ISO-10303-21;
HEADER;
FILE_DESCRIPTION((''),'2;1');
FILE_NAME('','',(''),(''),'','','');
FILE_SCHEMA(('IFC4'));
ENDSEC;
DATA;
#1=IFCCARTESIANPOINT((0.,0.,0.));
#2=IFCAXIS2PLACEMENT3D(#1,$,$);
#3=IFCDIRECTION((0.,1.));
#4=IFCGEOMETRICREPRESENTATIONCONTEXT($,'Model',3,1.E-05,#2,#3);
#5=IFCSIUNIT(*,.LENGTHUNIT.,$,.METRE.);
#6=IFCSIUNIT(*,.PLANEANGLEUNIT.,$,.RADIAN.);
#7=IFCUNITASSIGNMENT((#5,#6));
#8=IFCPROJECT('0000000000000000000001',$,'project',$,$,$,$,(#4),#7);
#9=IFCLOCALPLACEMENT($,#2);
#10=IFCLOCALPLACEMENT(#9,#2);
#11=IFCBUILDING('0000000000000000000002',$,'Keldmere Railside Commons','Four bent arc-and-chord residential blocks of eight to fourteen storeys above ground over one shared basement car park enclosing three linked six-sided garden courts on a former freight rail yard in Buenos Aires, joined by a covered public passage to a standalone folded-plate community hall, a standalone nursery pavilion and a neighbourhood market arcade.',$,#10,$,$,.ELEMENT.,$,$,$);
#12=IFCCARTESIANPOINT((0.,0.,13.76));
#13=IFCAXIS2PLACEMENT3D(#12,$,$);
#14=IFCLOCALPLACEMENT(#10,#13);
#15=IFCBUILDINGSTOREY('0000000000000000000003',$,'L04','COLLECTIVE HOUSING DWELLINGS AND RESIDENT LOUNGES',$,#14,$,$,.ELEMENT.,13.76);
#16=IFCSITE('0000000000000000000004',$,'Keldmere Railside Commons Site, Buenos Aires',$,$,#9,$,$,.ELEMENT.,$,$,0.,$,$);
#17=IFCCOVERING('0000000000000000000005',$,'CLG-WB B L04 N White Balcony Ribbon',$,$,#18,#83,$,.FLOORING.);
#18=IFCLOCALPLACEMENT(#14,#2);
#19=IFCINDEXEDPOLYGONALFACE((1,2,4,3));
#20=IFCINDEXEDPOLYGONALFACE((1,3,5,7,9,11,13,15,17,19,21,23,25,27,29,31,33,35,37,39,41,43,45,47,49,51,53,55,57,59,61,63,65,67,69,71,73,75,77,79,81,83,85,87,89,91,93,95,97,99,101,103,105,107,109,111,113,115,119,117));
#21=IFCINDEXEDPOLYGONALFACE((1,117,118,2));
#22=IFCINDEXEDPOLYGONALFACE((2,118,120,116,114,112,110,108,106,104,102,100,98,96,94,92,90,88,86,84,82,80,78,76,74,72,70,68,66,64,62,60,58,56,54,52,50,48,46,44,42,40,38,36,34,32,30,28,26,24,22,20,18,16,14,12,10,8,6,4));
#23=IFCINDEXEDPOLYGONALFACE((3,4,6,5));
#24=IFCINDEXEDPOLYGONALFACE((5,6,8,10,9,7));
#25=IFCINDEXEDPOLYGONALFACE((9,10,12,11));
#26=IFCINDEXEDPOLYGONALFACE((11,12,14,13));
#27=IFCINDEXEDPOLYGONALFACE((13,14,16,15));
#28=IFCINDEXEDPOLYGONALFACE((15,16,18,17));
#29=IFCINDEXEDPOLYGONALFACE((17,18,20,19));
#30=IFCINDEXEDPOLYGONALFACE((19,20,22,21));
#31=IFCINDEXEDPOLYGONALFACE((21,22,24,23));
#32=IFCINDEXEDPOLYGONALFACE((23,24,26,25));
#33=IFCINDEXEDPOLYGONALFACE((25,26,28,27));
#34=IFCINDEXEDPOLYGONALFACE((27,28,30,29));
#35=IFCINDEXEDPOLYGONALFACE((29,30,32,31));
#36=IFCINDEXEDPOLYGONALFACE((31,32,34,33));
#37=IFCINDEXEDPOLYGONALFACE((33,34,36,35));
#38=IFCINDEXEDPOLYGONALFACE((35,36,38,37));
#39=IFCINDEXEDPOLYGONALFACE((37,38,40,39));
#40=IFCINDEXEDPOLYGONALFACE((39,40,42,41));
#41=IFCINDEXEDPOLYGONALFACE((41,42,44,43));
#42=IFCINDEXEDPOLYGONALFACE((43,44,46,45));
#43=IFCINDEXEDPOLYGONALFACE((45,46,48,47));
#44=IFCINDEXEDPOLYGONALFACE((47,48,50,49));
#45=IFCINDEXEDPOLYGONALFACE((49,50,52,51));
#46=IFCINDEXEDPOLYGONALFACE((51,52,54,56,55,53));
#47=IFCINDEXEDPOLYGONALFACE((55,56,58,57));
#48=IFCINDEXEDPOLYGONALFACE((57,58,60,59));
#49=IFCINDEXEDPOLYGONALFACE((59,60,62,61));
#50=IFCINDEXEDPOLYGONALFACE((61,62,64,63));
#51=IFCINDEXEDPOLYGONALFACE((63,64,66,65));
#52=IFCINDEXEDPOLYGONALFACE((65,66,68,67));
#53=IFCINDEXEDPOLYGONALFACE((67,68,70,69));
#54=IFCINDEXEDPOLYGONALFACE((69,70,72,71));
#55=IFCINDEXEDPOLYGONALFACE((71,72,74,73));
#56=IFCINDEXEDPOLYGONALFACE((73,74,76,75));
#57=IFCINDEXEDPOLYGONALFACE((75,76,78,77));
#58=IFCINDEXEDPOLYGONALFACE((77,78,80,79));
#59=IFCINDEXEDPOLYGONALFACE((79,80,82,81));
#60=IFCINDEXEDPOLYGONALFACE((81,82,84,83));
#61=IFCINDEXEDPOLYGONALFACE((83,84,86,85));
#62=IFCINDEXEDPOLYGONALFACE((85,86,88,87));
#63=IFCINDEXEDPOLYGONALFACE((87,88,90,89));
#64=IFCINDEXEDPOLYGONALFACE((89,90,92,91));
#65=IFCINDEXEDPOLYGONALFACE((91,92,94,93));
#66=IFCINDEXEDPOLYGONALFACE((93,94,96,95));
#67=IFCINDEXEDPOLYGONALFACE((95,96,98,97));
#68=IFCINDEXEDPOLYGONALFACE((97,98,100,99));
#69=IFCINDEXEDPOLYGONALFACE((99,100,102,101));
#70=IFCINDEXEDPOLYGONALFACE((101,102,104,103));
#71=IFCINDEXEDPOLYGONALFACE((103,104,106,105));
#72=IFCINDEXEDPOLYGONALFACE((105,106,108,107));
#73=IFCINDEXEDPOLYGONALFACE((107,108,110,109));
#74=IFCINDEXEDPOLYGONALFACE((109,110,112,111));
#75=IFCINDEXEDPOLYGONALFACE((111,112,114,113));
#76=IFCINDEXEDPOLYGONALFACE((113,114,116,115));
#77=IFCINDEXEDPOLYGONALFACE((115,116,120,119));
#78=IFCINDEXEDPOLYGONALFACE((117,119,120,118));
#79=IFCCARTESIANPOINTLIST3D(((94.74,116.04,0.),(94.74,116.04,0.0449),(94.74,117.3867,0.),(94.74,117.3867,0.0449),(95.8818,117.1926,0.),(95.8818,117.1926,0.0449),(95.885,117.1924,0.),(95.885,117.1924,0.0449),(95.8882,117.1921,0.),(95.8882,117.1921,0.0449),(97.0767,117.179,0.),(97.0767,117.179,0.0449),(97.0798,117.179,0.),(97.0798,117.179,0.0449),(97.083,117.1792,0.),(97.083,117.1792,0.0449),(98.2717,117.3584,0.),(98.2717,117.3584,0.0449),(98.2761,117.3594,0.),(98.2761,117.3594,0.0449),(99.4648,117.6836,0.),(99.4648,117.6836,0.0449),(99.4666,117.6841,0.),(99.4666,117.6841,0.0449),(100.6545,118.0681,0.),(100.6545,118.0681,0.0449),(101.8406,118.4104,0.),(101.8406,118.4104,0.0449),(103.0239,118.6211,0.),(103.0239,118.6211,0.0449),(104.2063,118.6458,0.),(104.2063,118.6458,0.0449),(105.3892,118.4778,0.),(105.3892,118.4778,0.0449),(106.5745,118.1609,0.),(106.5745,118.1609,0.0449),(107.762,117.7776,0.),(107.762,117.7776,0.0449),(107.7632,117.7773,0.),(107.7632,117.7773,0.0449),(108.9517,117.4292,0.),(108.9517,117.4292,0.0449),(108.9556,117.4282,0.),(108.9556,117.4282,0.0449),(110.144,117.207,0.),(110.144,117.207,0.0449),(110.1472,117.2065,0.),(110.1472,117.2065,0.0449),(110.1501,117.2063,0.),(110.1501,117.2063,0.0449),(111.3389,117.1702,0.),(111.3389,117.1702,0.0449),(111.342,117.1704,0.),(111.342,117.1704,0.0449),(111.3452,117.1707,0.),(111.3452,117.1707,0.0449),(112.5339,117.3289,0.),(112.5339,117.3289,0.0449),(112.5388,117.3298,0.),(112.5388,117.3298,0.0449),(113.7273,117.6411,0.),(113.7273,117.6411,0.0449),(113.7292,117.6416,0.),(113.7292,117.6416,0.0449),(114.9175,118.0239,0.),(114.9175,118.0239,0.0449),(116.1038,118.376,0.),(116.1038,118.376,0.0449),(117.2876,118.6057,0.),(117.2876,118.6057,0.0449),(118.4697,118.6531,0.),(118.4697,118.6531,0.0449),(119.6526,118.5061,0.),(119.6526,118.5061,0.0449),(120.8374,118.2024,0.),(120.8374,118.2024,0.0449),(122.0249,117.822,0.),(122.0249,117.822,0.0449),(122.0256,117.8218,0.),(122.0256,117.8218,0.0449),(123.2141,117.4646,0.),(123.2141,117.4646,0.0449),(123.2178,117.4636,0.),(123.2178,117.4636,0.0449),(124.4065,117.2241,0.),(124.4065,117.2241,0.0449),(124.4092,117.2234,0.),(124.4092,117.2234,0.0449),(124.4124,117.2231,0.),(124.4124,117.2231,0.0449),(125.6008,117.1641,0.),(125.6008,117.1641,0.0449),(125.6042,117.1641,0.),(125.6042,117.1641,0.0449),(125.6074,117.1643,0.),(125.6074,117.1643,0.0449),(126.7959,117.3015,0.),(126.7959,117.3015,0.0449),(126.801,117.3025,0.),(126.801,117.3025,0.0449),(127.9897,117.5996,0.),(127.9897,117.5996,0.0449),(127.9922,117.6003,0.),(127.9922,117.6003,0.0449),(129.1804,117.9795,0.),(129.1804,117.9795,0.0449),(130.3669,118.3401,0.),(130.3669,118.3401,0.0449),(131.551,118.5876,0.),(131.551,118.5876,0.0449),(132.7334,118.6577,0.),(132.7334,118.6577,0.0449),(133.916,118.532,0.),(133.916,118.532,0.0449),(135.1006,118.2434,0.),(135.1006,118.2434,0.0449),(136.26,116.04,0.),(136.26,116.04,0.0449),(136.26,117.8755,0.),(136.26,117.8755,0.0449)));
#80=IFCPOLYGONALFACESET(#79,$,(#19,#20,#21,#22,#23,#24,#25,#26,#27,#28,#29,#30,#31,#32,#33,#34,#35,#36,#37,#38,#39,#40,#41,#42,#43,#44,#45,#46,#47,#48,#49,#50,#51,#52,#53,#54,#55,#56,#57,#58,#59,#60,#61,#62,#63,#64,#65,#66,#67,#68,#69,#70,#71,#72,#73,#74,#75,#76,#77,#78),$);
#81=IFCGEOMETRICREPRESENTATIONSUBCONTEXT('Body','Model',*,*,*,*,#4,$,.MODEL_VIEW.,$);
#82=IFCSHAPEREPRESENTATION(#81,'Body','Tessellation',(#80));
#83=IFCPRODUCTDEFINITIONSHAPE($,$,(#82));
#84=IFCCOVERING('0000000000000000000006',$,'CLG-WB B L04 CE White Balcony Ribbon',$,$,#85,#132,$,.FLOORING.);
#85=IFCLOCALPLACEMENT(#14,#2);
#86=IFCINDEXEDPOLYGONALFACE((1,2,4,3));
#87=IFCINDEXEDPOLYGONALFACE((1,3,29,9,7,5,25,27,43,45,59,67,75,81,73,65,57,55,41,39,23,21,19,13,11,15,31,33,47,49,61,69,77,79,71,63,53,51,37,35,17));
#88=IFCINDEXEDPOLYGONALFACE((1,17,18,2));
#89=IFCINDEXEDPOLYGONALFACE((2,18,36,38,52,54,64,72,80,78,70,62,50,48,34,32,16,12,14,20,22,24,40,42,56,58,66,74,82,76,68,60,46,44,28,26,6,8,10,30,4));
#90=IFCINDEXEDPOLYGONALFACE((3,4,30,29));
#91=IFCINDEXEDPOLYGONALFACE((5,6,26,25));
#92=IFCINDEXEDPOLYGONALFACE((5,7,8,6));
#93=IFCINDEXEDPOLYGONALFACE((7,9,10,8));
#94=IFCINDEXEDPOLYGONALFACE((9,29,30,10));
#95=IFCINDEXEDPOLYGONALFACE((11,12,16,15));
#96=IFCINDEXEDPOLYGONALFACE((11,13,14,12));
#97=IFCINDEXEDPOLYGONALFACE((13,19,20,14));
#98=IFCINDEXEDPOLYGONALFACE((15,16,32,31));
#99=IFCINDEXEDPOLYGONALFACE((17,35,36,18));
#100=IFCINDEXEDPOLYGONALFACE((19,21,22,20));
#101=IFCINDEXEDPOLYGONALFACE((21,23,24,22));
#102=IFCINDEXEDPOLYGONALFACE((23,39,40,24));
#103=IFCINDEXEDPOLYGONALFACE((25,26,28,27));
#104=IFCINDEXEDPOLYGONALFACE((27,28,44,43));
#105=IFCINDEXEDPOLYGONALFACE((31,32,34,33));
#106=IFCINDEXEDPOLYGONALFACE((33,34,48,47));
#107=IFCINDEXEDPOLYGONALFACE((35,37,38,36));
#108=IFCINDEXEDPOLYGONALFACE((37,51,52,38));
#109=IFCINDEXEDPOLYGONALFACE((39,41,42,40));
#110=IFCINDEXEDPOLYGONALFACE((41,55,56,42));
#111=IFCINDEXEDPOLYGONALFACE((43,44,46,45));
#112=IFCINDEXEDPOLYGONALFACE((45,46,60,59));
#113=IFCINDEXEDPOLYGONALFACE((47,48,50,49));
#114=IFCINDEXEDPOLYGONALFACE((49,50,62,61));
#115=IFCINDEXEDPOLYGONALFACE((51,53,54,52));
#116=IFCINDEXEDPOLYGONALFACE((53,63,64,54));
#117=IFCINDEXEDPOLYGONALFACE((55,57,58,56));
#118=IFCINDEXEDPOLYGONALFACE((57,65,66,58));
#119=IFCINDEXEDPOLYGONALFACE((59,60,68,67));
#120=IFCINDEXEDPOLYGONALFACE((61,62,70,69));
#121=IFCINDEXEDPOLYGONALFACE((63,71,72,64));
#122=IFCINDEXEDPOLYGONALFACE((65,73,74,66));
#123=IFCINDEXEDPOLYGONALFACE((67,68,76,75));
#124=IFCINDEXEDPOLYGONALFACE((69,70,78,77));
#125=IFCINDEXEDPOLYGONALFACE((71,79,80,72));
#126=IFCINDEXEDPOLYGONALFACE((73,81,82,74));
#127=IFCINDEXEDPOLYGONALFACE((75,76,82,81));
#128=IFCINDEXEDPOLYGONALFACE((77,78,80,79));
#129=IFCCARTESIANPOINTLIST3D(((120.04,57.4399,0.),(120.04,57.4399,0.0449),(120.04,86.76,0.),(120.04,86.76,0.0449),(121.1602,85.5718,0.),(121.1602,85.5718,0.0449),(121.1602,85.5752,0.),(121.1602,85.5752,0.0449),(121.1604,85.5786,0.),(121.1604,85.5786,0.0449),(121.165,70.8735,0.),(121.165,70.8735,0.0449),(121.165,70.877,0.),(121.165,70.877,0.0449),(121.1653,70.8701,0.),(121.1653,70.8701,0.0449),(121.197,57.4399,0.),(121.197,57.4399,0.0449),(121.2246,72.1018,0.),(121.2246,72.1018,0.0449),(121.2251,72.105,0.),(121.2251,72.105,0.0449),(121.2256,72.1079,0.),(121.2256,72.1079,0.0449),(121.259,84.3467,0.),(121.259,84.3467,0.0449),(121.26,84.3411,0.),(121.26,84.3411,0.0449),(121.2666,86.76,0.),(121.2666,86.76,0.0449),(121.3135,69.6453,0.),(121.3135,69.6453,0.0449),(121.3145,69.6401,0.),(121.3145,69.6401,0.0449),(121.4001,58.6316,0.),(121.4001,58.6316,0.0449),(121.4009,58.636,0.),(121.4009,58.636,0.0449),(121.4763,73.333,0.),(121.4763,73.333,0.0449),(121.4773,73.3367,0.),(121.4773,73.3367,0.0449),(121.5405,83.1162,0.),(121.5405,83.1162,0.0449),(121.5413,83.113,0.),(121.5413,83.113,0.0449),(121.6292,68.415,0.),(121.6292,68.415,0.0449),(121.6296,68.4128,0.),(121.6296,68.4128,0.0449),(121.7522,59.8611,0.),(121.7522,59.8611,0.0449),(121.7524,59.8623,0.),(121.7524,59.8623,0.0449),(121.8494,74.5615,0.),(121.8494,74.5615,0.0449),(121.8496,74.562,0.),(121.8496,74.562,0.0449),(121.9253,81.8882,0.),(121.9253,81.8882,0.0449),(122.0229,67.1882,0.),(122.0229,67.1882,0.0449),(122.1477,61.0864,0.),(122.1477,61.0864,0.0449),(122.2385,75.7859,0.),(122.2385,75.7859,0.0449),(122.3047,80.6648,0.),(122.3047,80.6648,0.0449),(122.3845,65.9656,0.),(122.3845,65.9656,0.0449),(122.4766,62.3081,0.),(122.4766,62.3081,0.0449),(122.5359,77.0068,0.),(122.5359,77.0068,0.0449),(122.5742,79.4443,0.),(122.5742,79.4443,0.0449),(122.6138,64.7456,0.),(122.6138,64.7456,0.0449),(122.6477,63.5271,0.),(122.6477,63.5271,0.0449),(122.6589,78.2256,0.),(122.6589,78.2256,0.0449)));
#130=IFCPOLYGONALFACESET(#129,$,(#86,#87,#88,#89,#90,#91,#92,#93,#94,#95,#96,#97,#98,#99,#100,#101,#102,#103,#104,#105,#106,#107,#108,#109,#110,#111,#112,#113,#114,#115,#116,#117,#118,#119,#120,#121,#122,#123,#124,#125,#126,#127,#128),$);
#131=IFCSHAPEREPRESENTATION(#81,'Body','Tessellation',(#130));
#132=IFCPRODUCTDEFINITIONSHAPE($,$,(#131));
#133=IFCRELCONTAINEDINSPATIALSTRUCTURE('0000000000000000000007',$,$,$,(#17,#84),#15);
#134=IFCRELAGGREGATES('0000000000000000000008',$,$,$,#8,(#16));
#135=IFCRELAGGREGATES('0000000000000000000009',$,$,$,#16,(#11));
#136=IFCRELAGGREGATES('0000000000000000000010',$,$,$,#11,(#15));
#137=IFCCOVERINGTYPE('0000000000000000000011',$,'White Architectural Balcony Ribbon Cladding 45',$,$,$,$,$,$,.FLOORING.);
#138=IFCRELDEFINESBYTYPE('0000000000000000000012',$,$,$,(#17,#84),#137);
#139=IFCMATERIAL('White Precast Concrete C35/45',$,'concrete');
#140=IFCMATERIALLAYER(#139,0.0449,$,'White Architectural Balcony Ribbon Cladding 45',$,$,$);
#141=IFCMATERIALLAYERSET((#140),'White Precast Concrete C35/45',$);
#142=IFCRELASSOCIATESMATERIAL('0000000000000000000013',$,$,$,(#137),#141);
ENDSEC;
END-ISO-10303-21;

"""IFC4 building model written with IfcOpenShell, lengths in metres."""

from ifc_helpers import new_model, si_unit, direction, frame, origin, place, context, subcontext, project, spatial, polyline, outline, extrude, material, layer, layer_set, type_object, element, save


model = new_model("IFC4")

# Units and contexts
model_context = context("Model", 3, precision=1e-05, world=origin(), true_north=direction((0.0, 1.0)))
body_context = subcontext(model_context, "Body", "Model", "MODEL_VIEW")
ifc_project = project(units=[si_unit("LENGTHUNIT", "METRE"), si_unit("PLANEANGLEUNIT", "RADIAN")], contexts=[model_context])

# Site, building, storey
site_placement = place(None, origin())
site = spatial("IfcSite", under=ifc_project, at=site_placement, Name="Keldmere Railside Commons Site, Buenos Aires", CompositionType="ELEMENT", RefElevation=0.0)
building_placement = place(site_placement, origin())
building = spatial("IfcBuilding", under=site, at=building_placement, Name="Keldmere Railside Commons", Description="Four bent arc-and-chord residential blocks of eight to fourteen storeys above ground over one shared basement car park enclosing three linked six-sided garden courts on a former freight rail yard in Buenos Aires, joined by a covered public passage to a standalone folded-plate community hall, a standalone nursery pavilion and a neighbourhood market arcade.", CompositionType="ELEMENT")
storey_placement = place(building_placement, frame((0.0, 0.0, 13.76)))
storey = spatial("IfcBuildingStorey", under=building, at=storey_placement, Name="L04", Description="COLLECTIVE HOUSING DWELLINGS AND RESIDENT LOUNGES", CompositionType="ELEMENT", Elevation=13.76)

# Coverings
ifc_material_1 = material(Name="White Precast Concrete C35/45", Category="concrete")
ifc_layer_1 = layer(ifc_material_1, 0.0449, Name="White Architectural Balcony Ribbon Cladding 45")
ifc_layer_set_1 = layer_set([ifc_layer_1], Name="White Precast Concrete C35/45")
covering_type_1 = type_object("IfcCoveringType", Name="White Architectural Balcony Ribbon Cladding 45", PredefinedType="FLOORING", material=ifc_layer_set_1)
covering_1_placement = place(storey_placement, origin())
element("IfcCovering", 1, at=covering_1_placement, inside=storey, type_object=covering_type_1, Name="CLG-WB B L04 N White Balcony Ribbon", PredefinedType="FLOORING", context=body_context, shape_type="SweptSolid", body=[
    extrude(outline(polyline([(136.26, 116.04), (136.26, 117.8755), (135.1006, 118.2434), (133.916, 118.532), (132.7334, 118.6577), (131.551, 118.5876), (130.3669, 118.3401), (129.1804, 117.9795), (127.9922, 117.6003), (127.9897, 117.5996), (126.801, 117.3025), (126.7959, 117.3015), (125.6074, 117.1643), (125.6042, 117.1641), (125.6008, 117.1641), (124.4124, 117.2231), (124.4092, 117.2234), (124.4065, 117.2241), (123.2178, 117.4636), (123.2141, 117.4646), (122.0256, 117.8218), (122.0249, 117.822), (120.8374, 118.2024), (119.6526, 118.5061), (118.4697, 118.6531), (117.2876, 118.6057), (116.1038, 118.376), (114.9175, 118.0239), (113.7292, 117.6416), (113.7273, 117.6411), (112.5388, 117.3298), (112.5339, 117.3289), (111.3452, 117.1707), (111.342, 117.1704), (111.3389, 117.1702), (110.1501, 117.2063), (110.1472, 117.2065), (110.144, 117.207), (108.9556, 117.4282), (108.9517, 117.4292), (107.7632, 117.7773), (107.762, 117.7776), (106.5745, 118.1609), (105.3892, 118.4778), (104.2063, 118.6458), (103.0239, 118.6211), (101.8406, 118.4104), (100.6545, 118.0681), (99.4666, 117.6841), (99.4648, 117.6836), (98.2761, 117.3594), (98.2717, 117.3584), (97.083, 117.1792), (97.0798, 117.179), (97.0767, 117.179), (95.8882, 117.1921), (95.885, 117.1924), (95.8818, 117.1926), (94.74, 117.3867), (94.74, 116.04), (136.26, 116.04)])), origin(), (0.0, 0.0, 1.0), 0.0449),
])
covering_2_placement = place(storey_placement, origin())
element("IfcCovering", 2, at=covering_2_placement, inside=storey, type_object=covering_type_1, Name="CLG-WB B L04 CE White Balcony Ribbon", PredefinedType="FLOORING", context=body_context, shape_type="SweptSolid", body=[
    extrude(outline(polyline([(121.4001, 58.6316), (121.4009, 58.636), (121.7522, 59.8611), (121.7524, 59.8623), (122.1477, 61.0864), (122.4766, 62.3081), (122.6477, 63.5271), (122.6138, 64.7456), (122.3845, 65.9656), (122.0229, 67.1882), (121.6296, 68.4128), (121.6292, 68.415), (121.3145, 69.6401), (121.3135, 69.6453), (121.1653, 70.8701), (121.165, 70.8735), (121.165, 70.877), (121.2246, 72.1018), (121.2251, 72.105), (121.2256, 72.1079), (121.4763, 73.333), (121.4773, 73.3367), (121.8494, 74.5615), (121.8496, 74.562), (122.2385, 75.7859), (122.5359, 77.0068), (122.6589, 78.2256), (122.5742, 79.4443), (122.3047, 80.6648), (121.9253, 81.8882), (121.5413, 83.113), (121.5405, 83.1162), (121.26, 84.3411), (121.259, 84.3467), (121.1602, 85.5718), (121.1602, 85.5752), (121.1604, 85.5786), (121.2666, 86.76), (120.04, 86.76), (120.04, 57.4399), (121.197, 57.4399), (121.4001, 58.6316)])), origin(), (0.0, 0.0, 1.0), 0.0449),
])

save(model, "model.ifc")
